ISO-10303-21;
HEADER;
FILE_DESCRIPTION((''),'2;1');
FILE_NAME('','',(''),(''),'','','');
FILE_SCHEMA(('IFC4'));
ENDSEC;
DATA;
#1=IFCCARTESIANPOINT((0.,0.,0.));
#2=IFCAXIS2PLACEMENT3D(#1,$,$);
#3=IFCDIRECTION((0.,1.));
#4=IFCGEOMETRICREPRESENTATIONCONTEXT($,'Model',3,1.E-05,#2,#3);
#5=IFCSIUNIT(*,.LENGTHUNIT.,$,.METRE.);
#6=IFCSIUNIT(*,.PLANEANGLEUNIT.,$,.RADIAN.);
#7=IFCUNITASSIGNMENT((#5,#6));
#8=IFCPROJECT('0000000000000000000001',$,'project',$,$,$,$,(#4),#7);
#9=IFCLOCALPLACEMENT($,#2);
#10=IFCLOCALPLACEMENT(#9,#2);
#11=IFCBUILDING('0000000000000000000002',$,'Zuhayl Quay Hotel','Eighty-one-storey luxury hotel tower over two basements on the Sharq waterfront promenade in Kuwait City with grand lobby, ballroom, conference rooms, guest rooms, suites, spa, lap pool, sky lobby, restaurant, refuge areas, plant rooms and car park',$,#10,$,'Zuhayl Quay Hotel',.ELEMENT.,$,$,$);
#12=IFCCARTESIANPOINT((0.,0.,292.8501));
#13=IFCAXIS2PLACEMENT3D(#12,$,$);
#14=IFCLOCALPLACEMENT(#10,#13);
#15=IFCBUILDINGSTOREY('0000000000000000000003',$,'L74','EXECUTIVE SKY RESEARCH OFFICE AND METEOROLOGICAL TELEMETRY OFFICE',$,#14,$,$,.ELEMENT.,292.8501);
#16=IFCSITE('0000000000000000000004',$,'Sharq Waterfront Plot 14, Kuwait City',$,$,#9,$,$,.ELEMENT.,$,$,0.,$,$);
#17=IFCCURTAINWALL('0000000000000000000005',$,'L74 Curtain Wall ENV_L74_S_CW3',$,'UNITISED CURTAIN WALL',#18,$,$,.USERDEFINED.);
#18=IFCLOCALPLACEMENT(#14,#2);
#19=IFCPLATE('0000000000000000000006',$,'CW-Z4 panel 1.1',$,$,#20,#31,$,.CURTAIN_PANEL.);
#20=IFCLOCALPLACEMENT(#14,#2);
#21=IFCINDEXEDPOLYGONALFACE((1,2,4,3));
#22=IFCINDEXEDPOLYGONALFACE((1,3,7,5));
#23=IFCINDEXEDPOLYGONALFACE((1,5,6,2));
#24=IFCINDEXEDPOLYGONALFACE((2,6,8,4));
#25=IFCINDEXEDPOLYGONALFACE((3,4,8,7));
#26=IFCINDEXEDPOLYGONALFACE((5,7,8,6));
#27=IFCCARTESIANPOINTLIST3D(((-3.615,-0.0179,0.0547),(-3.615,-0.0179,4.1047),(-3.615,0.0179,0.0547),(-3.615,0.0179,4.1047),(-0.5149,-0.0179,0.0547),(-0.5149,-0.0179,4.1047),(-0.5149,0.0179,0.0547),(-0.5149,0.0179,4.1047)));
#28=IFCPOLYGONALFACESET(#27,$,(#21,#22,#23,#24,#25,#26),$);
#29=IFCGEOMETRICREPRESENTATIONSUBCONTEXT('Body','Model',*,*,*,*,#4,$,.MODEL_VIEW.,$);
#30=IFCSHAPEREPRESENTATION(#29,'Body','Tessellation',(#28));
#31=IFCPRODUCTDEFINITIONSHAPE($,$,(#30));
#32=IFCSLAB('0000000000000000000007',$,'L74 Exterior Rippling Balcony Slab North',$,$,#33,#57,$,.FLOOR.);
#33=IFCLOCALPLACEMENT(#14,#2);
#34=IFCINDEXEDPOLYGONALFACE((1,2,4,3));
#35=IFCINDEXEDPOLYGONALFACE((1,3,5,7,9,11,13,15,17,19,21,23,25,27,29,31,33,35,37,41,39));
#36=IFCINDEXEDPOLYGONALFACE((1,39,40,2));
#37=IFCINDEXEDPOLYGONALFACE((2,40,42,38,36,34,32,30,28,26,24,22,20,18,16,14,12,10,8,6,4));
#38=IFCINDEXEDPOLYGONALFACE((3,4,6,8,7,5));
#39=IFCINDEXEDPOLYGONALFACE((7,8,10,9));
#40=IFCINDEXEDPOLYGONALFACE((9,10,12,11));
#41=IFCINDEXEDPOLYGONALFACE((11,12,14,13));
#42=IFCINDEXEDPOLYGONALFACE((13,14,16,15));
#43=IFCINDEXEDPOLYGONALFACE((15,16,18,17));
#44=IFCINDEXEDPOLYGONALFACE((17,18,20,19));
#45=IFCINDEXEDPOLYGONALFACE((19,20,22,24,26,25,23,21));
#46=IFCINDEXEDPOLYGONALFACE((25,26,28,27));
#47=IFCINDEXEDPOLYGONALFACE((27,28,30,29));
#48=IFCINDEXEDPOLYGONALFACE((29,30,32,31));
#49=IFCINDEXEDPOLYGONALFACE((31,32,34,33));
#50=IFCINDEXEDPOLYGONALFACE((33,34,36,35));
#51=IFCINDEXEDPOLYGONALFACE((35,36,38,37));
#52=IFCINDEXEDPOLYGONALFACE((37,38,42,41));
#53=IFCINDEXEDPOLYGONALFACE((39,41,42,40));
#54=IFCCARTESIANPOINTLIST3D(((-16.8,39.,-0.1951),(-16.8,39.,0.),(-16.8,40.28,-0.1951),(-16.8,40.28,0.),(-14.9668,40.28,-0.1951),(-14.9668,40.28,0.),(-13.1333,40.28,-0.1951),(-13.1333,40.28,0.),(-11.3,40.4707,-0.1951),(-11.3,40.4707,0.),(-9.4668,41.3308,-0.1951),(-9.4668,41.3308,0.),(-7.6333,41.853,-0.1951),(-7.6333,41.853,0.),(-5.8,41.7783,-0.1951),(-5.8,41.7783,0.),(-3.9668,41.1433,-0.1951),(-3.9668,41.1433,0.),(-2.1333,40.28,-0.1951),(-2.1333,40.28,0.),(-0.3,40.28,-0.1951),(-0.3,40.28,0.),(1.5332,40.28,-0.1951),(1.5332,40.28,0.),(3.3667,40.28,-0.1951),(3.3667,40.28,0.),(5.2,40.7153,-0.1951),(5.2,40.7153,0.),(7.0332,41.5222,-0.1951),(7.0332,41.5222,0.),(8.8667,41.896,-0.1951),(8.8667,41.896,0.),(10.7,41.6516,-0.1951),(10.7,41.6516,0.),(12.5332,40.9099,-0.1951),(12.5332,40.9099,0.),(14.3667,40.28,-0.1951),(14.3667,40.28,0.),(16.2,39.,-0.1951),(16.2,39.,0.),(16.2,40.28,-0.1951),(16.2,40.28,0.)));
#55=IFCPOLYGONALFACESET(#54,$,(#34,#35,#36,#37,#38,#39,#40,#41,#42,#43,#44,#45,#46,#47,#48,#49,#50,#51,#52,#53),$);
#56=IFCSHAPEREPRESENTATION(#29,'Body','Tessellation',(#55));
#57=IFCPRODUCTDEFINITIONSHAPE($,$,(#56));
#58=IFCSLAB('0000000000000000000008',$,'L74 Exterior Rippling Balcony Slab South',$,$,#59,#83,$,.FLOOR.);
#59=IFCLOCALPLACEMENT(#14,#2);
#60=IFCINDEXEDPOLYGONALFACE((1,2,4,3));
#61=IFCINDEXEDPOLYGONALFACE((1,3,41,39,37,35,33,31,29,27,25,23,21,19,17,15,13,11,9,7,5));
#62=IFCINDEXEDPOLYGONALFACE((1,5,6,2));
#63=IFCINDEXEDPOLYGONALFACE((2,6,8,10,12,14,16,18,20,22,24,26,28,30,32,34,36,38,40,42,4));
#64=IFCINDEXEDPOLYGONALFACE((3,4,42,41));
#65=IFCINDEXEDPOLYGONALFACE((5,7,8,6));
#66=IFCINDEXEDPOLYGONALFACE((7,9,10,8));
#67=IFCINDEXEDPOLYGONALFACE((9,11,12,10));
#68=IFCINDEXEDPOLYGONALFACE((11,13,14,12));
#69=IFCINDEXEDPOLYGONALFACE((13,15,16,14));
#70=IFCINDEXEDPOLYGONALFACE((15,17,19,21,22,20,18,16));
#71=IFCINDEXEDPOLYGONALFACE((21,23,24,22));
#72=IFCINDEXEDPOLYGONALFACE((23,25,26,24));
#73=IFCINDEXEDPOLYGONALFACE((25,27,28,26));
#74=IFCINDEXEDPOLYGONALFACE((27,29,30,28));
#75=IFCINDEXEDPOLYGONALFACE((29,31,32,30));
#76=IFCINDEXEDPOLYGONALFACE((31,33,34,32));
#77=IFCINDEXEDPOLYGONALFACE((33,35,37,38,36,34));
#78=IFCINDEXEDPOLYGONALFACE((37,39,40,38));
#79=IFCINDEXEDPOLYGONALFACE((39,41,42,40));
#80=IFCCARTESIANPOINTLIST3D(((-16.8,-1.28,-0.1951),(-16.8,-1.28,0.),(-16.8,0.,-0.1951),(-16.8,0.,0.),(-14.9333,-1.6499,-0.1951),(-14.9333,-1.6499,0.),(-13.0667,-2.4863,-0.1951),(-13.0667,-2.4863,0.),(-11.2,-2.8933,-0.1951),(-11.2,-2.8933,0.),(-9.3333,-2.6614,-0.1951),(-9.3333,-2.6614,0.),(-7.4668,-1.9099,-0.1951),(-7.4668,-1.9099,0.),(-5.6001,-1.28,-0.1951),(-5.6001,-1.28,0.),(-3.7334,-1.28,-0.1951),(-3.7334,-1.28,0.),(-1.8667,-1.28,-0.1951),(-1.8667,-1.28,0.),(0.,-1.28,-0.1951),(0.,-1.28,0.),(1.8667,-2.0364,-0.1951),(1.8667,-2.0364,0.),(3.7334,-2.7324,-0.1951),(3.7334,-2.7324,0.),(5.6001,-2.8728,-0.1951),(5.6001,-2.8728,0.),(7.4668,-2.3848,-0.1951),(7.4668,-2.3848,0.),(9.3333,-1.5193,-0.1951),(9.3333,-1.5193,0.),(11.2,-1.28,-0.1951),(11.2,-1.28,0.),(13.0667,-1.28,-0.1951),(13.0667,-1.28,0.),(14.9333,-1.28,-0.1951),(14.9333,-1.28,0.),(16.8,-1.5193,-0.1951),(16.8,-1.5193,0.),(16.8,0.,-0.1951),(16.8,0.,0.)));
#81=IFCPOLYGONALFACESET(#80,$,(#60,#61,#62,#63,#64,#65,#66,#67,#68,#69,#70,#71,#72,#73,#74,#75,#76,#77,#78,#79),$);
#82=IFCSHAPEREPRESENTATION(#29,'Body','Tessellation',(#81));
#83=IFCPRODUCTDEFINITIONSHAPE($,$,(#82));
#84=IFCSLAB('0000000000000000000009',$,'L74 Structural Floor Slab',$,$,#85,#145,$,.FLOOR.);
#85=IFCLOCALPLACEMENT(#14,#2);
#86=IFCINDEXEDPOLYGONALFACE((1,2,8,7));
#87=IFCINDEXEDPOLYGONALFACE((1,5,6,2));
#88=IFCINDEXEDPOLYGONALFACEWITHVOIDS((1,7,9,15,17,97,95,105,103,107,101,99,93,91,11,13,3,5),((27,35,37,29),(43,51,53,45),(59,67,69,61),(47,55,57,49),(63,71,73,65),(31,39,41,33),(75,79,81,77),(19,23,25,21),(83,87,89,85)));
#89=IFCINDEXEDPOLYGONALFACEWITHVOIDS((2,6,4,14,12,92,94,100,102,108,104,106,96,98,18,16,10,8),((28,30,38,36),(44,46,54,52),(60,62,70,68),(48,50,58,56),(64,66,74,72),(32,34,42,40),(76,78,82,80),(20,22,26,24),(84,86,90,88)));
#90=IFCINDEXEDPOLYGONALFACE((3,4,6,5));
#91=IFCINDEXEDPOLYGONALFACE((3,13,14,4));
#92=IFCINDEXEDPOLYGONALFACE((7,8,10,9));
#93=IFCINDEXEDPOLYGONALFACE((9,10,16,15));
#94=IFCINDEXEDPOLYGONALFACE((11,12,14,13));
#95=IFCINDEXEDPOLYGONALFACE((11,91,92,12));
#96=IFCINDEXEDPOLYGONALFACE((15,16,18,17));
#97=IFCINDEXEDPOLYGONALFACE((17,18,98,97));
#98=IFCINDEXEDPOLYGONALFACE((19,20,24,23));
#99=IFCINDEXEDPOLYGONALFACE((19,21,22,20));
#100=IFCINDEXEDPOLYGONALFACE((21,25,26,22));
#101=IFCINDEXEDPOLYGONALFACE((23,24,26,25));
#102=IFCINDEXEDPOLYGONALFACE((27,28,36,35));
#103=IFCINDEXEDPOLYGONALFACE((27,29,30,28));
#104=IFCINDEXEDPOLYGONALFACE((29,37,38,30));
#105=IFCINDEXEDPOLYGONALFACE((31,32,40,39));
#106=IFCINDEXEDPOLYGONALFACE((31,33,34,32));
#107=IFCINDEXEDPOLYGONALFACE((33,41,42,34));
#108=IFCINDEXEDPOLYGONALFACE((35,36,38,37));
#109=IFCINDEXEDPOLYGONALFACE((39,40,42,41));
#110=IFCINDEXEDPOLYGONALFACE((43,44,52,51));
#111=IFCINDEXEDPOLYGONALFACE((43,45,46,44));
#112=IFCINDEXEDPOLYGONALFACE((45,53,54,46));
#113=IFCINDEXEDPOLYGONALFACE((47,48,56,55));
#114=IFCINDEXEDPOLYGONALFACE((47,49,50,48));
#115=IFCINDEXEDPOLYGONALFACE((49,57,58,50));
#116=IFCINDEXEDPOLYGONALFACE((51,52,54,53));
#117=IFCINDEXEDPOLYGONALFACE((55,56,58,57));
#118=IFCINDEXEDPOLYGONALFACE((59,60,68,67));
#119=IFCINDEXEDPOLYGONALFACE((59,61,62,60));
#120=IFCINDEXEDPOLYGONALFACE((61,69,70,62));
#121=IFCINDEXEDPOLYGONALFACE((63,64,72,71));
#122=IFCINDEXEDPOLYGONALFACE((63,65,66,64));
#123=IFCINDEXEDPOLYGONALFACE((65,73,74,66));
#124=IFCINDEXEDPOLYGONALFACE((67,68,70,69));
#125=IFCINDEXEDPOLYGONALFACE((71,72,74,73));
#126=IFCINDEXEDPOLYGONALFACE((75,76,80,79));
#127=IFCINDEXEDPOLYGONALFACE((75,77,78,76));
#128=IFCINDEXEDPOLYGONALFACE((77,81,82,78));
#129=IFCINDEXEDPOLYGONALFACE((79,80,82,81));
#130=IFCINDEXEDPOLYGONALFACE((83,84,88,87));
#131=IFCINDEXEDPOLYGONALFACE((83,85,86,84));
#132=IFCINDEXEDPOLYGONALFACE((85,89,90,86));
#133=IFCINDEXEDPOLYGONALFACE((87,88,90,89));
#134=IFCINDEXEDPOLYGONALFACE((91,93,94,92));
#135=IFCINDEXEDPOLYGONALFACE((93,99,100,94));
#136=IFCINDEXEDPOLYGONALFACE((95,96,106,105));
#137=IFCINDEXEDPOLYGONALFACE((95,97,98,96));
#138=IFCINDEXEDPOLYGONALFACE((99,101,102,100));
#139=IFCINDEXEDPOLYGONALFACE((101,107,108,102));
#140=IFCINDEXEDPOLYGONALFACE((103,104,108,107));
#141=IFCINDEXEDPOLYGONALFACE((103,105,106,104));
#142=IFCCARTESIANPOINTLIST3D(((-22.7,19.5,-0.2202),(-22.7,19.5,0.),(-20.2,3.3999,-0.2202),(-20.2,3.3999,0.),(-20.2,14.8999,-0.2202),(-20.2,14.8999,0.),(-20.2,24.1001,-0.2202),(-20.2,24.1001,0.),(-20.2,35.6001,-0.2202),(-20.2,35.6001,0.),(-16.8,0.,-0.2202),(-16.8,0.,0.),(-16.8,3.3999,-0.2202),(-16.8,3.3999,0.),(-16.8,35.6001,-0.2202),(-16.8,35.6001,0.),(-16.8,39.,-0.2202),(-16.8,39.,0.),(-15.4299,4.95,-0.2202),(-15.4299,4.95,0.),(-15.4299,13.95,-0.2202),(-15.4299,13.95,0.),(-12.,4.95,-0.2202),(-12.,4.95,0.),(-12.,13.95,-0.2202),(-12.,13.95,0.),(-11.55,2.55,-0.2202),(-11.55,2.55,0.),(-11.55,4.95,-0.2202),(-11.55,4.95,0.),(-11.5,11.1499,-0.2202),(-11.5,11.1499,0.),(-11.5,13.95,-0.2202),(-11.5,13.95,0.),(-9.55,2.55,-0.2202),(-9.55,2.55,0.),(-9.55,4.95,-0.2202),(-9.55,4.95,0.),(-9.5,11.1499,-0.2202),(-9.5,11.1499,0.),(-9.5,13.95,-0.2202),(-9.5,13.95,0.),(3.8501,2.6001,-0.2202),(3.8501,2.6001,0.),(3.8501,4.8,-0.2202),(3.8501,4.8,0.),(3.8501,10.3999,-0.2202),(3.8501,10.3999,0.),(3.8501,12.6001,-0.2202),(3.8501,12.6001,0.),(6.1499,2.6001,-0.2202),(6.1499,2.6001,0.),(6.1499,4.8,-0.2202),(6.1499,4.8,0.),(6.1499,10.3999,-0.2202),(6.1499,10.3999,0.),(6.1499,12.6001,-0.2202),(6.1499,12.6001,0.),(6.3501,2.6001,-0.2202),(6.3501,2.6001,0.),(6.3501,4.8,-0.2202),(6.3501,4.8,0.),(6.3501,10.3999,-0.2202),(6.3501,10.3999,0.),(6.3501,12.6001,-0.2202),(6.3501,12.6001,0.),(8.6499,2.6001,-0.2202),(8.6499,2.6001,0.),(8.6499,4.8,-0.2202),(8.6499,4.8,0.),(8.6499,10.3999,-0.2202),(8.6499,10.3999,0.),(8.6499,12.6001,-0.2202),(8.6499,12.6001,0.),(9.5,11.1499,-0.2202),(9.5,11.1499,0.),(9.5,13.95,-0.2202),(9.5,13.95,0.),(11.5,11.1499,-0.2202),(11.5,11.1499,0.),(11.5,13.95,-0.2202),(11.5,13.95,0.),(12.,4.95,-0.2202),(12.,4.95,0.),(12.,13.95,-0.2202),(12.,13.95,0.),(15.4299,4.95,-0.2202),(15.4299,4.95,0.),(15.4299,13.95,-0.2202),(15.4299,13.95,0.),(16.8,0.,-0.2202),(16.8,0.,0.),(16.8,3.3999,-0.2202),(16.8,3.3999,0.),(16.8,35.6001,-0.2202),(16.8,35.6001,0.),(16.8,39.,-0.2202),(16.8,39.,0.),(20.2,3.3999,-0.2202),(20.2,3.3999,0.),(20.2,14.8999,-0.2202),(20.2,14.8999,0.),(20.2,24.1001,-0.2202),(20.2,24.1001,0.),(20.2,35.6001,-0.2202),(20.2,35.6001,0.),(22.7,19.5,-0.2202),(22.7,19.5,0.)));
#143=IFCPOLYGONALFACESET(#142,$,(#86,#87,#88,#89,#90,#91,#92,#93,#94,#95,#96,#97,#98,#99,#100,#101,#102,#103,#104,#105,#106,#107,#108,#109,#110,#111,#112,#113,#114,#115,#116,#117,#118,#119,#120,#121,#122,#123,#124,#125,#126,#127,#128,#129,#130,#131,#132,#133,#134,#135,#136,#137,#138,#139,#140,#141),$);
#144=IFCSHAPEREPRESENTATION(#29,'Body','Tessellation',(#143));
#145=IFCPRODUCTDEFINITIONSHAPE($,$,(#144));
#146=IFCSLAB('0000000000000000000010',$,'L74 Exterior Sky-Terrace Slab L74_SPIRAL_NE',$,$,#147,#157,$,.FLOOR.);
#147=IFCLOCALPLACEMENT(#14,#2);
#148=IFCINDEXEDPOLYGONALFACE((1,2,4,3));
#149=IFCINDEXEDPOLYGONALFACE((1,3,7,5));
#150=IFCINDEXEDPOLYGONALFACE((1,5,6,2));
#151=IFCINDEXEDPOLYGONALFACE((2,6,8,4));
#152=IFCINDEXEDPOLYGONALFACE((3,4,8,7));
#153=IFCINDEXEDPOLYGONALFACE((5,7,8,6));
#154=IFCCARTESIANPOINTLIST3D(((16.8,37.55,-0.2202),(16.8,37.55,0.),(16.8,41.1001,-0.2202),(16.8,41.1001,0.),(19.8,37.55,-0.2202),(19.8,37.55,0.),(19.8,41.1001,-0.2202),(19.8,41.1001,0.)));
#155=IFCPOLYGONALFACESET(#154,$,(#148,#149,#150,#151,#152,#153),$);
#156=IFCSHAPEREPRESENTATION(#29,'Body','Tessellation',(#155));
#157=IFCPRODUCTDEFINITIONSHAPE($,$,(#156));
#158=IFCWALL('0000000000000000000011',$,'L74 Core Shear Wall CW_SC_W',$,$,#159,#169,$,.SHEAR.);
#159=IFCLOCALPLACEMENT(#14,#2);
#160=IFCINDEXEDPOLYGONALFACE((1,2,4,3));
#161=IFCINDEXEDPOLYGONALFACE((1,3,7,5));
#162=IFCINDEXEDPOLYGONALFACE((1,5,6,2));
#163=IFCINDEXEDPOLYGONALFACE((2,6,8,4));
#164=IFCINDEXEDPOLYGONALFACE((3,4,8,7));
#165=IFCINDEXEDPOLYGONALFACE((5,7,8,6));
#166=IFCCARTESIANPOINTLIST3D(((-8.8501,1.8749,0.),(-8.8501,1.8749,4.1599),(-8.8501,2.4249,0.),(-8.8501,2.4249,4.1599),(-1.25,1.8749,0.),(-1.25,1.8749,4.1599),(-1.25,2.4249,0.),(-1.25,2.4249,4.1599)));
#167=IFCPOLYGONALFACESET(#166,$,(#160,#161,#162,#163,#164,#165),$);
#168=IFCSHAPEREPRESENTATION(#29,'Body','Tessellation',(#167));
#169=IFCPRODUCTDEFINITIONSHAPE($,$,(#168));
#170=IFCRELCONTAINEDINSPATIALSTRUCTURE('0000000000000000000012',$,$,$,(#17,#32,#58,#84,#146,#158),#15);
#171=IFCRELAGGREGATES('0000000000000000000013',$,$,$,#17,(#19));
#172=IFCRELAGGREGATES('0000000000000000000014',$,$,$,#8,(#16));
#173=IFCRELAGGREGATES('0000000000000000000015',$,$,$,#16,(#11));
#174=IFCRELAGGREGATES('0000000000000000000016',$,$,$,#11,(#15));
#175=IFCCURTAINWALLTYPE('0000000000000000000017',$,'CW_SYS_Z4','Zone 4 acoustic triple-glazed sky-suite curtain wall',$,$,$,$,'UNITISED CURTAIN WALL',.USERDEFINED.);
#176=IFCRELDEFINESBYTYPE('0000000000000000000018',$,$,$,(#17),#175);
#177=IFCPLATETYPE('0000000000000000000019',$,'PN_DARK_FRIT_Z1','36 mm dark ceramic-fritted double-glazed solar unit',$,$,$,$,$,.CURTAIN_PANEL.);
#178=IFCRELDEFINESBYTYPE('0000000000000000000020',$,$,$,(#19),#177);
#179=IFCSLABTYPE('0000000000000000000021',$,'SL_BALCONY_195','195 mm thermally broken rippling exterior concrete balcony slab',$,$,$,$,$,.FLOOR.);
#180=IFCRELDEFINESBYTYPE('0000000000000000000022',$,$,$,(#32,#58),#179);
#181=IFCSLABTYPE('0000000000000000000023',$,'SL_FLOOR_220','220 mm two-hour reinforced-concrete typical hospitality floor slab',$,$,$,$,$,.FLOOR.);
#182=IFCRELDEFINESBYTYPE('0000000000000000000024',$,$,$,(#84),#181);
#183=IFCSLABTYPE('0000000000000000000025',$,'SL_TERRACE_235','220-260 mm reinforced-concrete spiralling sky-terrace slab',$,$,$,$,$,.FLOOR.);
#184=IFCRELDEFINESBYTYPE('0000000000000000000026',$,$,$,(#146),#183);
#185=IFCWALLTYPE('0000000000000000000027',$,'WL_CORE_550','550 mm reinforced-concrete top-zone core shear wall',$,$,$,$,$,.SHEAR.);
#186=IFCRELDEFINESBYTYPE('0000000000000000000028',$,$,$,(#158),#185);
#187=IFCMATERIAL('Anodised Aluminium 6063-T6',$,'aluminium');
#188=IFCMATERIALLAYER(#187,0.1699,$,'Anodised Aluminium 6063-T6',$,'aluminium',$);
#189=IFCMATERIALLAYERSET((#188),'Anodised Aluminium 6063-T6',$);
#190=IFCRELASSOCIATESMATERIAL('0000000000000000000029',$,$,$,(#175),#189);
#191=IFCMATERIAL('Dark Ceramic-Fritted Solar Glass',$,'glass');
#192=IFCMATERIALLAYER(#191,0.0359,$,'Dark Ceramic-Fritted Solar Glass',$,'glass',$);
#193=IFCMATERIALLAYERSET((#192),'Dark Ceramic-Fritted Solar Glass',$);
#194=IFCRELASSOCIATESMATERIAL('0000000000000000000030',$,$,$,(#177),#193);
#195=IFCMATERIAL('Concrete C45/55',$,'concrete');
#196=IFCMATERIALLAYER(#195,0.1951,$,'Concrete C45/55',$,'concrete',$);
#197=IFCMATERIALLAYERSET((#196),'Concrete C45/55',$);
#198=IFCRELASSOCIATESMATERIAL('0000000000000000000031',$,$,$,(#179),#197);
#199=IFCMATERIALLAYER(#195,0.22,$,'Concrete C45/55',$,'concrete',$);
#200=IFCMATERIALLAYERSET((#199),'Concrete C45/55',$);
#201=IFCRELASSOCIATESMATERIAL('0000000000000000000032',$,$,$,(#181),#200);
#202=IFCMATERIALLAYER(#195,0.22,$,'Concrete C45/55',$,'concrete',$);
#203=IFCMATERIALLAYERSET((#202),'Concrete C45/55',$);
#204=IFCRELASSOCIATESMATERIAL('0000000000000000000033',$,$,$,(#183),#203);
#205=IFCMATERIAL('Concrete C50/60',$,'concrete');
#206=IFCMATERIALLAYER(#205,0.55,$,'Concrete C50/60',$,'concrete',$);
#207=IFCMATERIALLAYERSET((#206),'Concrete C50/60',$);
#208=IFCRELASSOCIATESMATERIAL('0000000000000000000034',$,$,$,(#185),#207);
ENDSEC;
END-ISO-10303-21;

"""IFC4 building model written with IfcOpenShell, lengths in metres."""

from ifc_helpers import new_model, si_unit, direction, frame, frame_2d, origin, origin_2d, place, context, subcontext, project, spatial, polyline, rectangle, outline, extrude, material, layer, layer_set, type_object, element, aggregate, save


model = new_model("IFC4")

# Units and contexts
model_context = context("Model", 3, precision=1e-05, world=origin(), true_north=direction((0.0, 1.0)))
body_context = subcontext(model_context, "Body", "Model", "MODEL_VIEW")
ifc_project = project(units=[si_unit("LENGTHUNIT", "METRE"), si_unit("PLANEANGLEUNIT", "RADIAN")], contexts=[model_context])

# Site, building, storey
site_placement = place(None, origin())
site = spatial("IfcSite", under=ifc_project, at=site_placement, Name="Sharq Waterfront Plot 14, Kuwait City", CompositionType="ELEMENT", RefElevation=0.0)
building_placement = place(site_placement, origin())
building = spatial("IfcBuilding", under=site, at=building_placement, Name="Zuhayl Quay Hotel", Description="Eighty-one-storey luxury hotel tower over two basements on the Sharq waterfront promenade in Kuwait City with grand lobby, ballroom, conference rooms, guest rooms, suites, spa, lap pool, sky lobby, restaurant, refuge areas, plant rooms and car park", LongName="Zuhayl Quay Hotel", CompositionType="ELEMENT")
storey_placement = place(building_placement, frame((0.0, 0.0, 292.8501)))
storey = spatial("IfcBuildingStorey", under=building, at=storey_placement, Name="L74", Description="EXECUTIVE SKY RESEARCH OFFICE AND METEOROLOGICAL TELEMETRY OFFICE", CompositionType="ELEMENT", Elevation=292.8501)

# Curtain wall
ifc_material_1 = material(Name="Anodised Aluminium 6063-T6", Category="aluminium")
ifc_layer_1 = layer(ifc_material_1, 0.1699, Name="Anodised Aluminium 6063-T6", Category="aluminium")
ifc_layer_set_1 = layer_set([ifc_layer_1], Name="Anodised Aluminium 6063-T6")
curtain_wall_type = type_object("IfcCurtainWallType", Name="CW_SYS_Z4", Description="Zone 4 acoustic triple-glazed sky-suite curtain wall", ElementType="UNITISED CURTAIN WALL", PredefinedType="USERDEFINED", material=ifc_layer_set_1)
curtain_wall_1_placement = place(storey_placement, origin())
curtain_wall_1 = element("IfcCurtainWall", 1, at=curtain_wall_1_placement, inside=storey, type_object=curtain_wall_type, Name="L74 Curtain Wall ENV_L74_S_CW3", ObjectType="UNITISED CURTAIN WALL", PredefinedType="USERDEFINED")

# Plate
ifc_material_2 = material(Name="Dark Ceramic-Fritted Solar Glass", Category="glass")
ifc_layer_2 = layer(ifc_material_2, 0.0359, Name="Dark Ceramic-Fritted Solar Glass", Category="glass")
ifc_layer_set_2 = layer_set([ifc_layer_2], Name="Dark Ceramic-Fritted Solar Glass")
plate_type = type_object("IfcPlateType", Name="PN_DARK_FRIT_Z1", Description="36 mm dark ceramic-fritted double-glazed solar unit", PredefinedType="CURTAIN_PANEL", material=ifc_layer_set_2)
plate_placement = place(storey_placement, frame((-2.0649, 0.0, 0.0547), z_axis=(0.0, 0.0, 1.0), x_axis=(-1.0, 0.0, 0.0)))
plate = element("IfcPlate", 2, at=plate_placement, type_object=plate_type, Name="CW-Z4 panel 1.1", PredefinedType="CURTAIN_PANEL", context=body_context, shape_type="SweptSolid", body=[
    extrude(rectangle(XDim=3.1001, YDim=0.0359, at=origin_2d()), origin(), (0.0, 0.0, 1.0), 4.05),
])
aggregate(curtain_wall_1, [plate])

# Slabs
ifc_material_3 = material(Name="Concrete C45/55", Category="concrete")
ifc_layer_3 = layer(ifc_material_3, 0.1951, Name="Concrete C45/55", Category="concrete")
ifc_layer_set_3 = layer_set([ifc_layer_3], Name="Concrete C45/55")
slab_type_1 = type_object("IfcSlabType", Name="SL_BALCONY_195", Description="195 mm thermally broken rippling exterior concrete balcony slab", PredefinedType="FLOOR", material=ifc_layer_set_3)
slab_1_placement = place(storey_placement, frame((0.0, 0.0, -0.1951)))
element("IfcSlab", 3, at=slab_1_placement, inside=storey, type_object=slab_type_1, Name="L74 Exterior Rippling Balcony Slab North", PredefinedType="FLOOR", context=body_context, shape_type="SweptSolid", body=[
    extrude(outline(polyline([(-16.8, 39.0), (16.2, 39.0), (16.2, 40.28), (14.3667, 40.28), (12.5332, 40.9099), (10.7, 41.6516), (8.8667, 41.896), (7.0332, 41.5222), (5.2, 40.7153), (3.3667, 40.28), (1.5332, 40.28), (-0.3, 40.28), (-2.1333, 40.28), (-3.9668, 41.1433), (-5.8, 41.7783), (-7.6333, 41.853), (-9.4668, 41.3308), (-11.3, 40.4707), (-13.1333, 40.28), (-14.9668, 40.28), (-16.8, 40.28), (-16.8, 39.0)])), origin(), (0.0, 0.0, 1.0), 0.1951),
])
slab_2_placement = place(storey_placement, frame((0.0, 0.0, -0.1951)))
element("IfcSlab", 4, at=slab_2_placement, inside=storey, type_object=slab_type_1, Name="L74 Exterior Rippling Balcony Slab South", PredefinedType="FLOOR", context=body_context, shape_type="SweptSolid", body=[
    extrude(outline(polyline([(-16.8, -1.28), (-14.9333, -1.6499), (-13.0667, -2.4863), (-11.2, -2.8933), (-9.3333, -2.6614), (-7.4668, -1.9099), (-5.6001, -1.28), (-3.7334, -1.28), (-1.8667, -1.28), (0.0, -1.28), (1.8667, -2.0364), (3.7334, -2.7324), (5.6001, -2.8728), (7.4668, -2.3848), (9.3333, -1.5193), (11.2, -1.28), (13.0667, -1.28), (14.9333, -1.28), (16.8, -1.5193), (16.8, 0.0), (-16.8, 0.0), (-16.8, -1.28)])), origin(), (0.0, 0.0, 1.0), 0.1951),
])
ifc_layer_4 = layer(ifc_material_3, 0.22, Name="Concrete C45/55", Category="concrete")
ifc_layer_set_4 = layer_set([ifc_layer_4], Name="Concrete C45/55")
slab_type_2 = type_object("IfcSlabType", Name="SL_FLOOR_220", Description="220 mm two-hour reinforced-concrete typical hospitality floor slab", PredefinedType="FLOOR", material=ifc_layer_set_4)
slab_3_placement = place(storey_placement, frame((0.0, 0.0, -0.2202)))
element("IfcSlab", 5, at=slab_3_placement, inside=storey, type_object=slab_type_2, Name="L74 Structural Floor Slab", PredefinedType="FLOOR", context=body_context, shape_type="SweptSolid", body=[
    extrude(outline(polyline([(-16.8, 0.0), (16.8, 0.0), (16.8, 3.3999), (20.2, 3.3999), (20.2, 14.8999), (22.7, 19.5), (20.2, 24.1001), (20.2, 35.6001), (16.8, 35.6001), (16.8, 39.0), (-16.8, 39.0), (-16.8, 35.6001), (-20.2, 35.6001), (-20.2, 24.1001), (-22.7, 19.5), (-20.2, 14.8999), (-20.2, 3.3999), (-16.8, 3.3999), (-16.8, 0.0)]), holes=[polyline([(-12.0, 4.95), (-12.0, 13.95), (-15.4299, 13.95), (-15.4299, 4.95), (-12.0, 4.95)]), polyline([(15.4299, 4.95), (15.4299, 13.95), (12.0, 13.95), (12.0, 4.95), (15.4299, 4.95)]), polyline([(-11.5, 11.1499), (-9.5, 11.1499), (-9.5, 13.95), (-11.5, 13.95), (-11.5, 11.1499)]), polyline([(9.5, 11.1499), (11.5, 11.1499), (11.5, 13.95), (9.5, 13.95), (9.5, 11.1499)]), polyline([(3.8501, 2.6001), (6.1499, 2.6001), (6.1499, 4.8), (3.8501, 4.8), (3.8501, 2.6001)]), polyline([(6.3501, 2.6001), (8.6499, 2.6001), (8.6499, 4.8), (6.3501, 4.8), (6.3501, 2.6001)]), polyline([(3.8501, 10.3999), (6.1499, 10.3999), (6.1499, 12.6001), (3.8501, 12.6001), (3.8501, 10.3999)]), polyline([(6.3501, 10.3999), (8.6499, 10.3999), (8.6499, 12.6001), (6.3501, 12.6001), (6.3501, 10.3999)]), polyline([(-11.55, 2.55), (-9.55, 2.55), (-9.55, 4.95), (-11.55, 4.95), (-11.55, 2.55)])]), origin(), (0.0, 0.0, 1.0), 0.2202),
])
ifc_layer_5 = layer(ifc_material_3, 0.22, Name="Concrete C45/55", Category="concrete")
ifc_layer_set_5 = layer_set([ifc_layer_5], Name="Concrete C45/55")
slab_type_3 = type_object("IfcSlabType", Name="SL_TERRACE_235", Description="220-260 mm reinforced-concrete spiralling sky-terrace slab", PredefinedType="FLOOR", material=ifc_layer_set_5)
slab_4_placement = place(storey_placement, frame((0.0, 0.0, -0.2202)))
element("IfcSlab", 6, at=slab_4_placement, inside=storey, type_object=slab_type_3, Name="L74 Exterior Sky-Terrace Slab L74_SPIRAL_NE", PredefinedType="FLOOR", context=body_context, shape_type="SweptSolid", body=[
    extrude(outline(polyline([(16.8, 37.55), (19.8, 37.55), (19.8, 41.1001), (16.8, 41.1001), (16.8, 37.55)])), origin(), (0.0, 0.0, 1.0), 0.2202),
])

# Wall
ifc_material_4 = material(Name="Concrete C50/60", Category="concrete")
ifc_layer_6 = layer(ifc_material_4, 0.55, Name="Concrete C50/60", Category="concrete")
ifc_layer_set_6 = layer_set([ifc_layer_6], Name="Concrete C50/60")
wall_type_1 = type_object("IfcWallType", Name="WL_CORE_550", Description="550 mm reinforced-concrete top-zone core shear wall", PredefinedType="SHEAR", material=ifc_layer_set_6)
wall_1_placement = place(storey_placement, frame((-8.8501, 2.1499, 0.0), z_axis=(0.0, 0.0, 1.0), x_axis=(1.0, 0.0, 0.0)))
element("IfcWall", 7, at=wall_1_placement, inside=storey, type_object=wall_type_1, Name="L74 Core Shear Wall CW_SC_W", PredefinedType="SHEAR", context=body_context, shape_type="SweptSolid", body=[
    extrude(rectangle(XDim=7.6001, YDim=0.55, at=frame_2d((3.8, 0.0))), origin(), (0.0, 0.0, 1.0), 4.1599),
])

save(model, "model.ifc")
